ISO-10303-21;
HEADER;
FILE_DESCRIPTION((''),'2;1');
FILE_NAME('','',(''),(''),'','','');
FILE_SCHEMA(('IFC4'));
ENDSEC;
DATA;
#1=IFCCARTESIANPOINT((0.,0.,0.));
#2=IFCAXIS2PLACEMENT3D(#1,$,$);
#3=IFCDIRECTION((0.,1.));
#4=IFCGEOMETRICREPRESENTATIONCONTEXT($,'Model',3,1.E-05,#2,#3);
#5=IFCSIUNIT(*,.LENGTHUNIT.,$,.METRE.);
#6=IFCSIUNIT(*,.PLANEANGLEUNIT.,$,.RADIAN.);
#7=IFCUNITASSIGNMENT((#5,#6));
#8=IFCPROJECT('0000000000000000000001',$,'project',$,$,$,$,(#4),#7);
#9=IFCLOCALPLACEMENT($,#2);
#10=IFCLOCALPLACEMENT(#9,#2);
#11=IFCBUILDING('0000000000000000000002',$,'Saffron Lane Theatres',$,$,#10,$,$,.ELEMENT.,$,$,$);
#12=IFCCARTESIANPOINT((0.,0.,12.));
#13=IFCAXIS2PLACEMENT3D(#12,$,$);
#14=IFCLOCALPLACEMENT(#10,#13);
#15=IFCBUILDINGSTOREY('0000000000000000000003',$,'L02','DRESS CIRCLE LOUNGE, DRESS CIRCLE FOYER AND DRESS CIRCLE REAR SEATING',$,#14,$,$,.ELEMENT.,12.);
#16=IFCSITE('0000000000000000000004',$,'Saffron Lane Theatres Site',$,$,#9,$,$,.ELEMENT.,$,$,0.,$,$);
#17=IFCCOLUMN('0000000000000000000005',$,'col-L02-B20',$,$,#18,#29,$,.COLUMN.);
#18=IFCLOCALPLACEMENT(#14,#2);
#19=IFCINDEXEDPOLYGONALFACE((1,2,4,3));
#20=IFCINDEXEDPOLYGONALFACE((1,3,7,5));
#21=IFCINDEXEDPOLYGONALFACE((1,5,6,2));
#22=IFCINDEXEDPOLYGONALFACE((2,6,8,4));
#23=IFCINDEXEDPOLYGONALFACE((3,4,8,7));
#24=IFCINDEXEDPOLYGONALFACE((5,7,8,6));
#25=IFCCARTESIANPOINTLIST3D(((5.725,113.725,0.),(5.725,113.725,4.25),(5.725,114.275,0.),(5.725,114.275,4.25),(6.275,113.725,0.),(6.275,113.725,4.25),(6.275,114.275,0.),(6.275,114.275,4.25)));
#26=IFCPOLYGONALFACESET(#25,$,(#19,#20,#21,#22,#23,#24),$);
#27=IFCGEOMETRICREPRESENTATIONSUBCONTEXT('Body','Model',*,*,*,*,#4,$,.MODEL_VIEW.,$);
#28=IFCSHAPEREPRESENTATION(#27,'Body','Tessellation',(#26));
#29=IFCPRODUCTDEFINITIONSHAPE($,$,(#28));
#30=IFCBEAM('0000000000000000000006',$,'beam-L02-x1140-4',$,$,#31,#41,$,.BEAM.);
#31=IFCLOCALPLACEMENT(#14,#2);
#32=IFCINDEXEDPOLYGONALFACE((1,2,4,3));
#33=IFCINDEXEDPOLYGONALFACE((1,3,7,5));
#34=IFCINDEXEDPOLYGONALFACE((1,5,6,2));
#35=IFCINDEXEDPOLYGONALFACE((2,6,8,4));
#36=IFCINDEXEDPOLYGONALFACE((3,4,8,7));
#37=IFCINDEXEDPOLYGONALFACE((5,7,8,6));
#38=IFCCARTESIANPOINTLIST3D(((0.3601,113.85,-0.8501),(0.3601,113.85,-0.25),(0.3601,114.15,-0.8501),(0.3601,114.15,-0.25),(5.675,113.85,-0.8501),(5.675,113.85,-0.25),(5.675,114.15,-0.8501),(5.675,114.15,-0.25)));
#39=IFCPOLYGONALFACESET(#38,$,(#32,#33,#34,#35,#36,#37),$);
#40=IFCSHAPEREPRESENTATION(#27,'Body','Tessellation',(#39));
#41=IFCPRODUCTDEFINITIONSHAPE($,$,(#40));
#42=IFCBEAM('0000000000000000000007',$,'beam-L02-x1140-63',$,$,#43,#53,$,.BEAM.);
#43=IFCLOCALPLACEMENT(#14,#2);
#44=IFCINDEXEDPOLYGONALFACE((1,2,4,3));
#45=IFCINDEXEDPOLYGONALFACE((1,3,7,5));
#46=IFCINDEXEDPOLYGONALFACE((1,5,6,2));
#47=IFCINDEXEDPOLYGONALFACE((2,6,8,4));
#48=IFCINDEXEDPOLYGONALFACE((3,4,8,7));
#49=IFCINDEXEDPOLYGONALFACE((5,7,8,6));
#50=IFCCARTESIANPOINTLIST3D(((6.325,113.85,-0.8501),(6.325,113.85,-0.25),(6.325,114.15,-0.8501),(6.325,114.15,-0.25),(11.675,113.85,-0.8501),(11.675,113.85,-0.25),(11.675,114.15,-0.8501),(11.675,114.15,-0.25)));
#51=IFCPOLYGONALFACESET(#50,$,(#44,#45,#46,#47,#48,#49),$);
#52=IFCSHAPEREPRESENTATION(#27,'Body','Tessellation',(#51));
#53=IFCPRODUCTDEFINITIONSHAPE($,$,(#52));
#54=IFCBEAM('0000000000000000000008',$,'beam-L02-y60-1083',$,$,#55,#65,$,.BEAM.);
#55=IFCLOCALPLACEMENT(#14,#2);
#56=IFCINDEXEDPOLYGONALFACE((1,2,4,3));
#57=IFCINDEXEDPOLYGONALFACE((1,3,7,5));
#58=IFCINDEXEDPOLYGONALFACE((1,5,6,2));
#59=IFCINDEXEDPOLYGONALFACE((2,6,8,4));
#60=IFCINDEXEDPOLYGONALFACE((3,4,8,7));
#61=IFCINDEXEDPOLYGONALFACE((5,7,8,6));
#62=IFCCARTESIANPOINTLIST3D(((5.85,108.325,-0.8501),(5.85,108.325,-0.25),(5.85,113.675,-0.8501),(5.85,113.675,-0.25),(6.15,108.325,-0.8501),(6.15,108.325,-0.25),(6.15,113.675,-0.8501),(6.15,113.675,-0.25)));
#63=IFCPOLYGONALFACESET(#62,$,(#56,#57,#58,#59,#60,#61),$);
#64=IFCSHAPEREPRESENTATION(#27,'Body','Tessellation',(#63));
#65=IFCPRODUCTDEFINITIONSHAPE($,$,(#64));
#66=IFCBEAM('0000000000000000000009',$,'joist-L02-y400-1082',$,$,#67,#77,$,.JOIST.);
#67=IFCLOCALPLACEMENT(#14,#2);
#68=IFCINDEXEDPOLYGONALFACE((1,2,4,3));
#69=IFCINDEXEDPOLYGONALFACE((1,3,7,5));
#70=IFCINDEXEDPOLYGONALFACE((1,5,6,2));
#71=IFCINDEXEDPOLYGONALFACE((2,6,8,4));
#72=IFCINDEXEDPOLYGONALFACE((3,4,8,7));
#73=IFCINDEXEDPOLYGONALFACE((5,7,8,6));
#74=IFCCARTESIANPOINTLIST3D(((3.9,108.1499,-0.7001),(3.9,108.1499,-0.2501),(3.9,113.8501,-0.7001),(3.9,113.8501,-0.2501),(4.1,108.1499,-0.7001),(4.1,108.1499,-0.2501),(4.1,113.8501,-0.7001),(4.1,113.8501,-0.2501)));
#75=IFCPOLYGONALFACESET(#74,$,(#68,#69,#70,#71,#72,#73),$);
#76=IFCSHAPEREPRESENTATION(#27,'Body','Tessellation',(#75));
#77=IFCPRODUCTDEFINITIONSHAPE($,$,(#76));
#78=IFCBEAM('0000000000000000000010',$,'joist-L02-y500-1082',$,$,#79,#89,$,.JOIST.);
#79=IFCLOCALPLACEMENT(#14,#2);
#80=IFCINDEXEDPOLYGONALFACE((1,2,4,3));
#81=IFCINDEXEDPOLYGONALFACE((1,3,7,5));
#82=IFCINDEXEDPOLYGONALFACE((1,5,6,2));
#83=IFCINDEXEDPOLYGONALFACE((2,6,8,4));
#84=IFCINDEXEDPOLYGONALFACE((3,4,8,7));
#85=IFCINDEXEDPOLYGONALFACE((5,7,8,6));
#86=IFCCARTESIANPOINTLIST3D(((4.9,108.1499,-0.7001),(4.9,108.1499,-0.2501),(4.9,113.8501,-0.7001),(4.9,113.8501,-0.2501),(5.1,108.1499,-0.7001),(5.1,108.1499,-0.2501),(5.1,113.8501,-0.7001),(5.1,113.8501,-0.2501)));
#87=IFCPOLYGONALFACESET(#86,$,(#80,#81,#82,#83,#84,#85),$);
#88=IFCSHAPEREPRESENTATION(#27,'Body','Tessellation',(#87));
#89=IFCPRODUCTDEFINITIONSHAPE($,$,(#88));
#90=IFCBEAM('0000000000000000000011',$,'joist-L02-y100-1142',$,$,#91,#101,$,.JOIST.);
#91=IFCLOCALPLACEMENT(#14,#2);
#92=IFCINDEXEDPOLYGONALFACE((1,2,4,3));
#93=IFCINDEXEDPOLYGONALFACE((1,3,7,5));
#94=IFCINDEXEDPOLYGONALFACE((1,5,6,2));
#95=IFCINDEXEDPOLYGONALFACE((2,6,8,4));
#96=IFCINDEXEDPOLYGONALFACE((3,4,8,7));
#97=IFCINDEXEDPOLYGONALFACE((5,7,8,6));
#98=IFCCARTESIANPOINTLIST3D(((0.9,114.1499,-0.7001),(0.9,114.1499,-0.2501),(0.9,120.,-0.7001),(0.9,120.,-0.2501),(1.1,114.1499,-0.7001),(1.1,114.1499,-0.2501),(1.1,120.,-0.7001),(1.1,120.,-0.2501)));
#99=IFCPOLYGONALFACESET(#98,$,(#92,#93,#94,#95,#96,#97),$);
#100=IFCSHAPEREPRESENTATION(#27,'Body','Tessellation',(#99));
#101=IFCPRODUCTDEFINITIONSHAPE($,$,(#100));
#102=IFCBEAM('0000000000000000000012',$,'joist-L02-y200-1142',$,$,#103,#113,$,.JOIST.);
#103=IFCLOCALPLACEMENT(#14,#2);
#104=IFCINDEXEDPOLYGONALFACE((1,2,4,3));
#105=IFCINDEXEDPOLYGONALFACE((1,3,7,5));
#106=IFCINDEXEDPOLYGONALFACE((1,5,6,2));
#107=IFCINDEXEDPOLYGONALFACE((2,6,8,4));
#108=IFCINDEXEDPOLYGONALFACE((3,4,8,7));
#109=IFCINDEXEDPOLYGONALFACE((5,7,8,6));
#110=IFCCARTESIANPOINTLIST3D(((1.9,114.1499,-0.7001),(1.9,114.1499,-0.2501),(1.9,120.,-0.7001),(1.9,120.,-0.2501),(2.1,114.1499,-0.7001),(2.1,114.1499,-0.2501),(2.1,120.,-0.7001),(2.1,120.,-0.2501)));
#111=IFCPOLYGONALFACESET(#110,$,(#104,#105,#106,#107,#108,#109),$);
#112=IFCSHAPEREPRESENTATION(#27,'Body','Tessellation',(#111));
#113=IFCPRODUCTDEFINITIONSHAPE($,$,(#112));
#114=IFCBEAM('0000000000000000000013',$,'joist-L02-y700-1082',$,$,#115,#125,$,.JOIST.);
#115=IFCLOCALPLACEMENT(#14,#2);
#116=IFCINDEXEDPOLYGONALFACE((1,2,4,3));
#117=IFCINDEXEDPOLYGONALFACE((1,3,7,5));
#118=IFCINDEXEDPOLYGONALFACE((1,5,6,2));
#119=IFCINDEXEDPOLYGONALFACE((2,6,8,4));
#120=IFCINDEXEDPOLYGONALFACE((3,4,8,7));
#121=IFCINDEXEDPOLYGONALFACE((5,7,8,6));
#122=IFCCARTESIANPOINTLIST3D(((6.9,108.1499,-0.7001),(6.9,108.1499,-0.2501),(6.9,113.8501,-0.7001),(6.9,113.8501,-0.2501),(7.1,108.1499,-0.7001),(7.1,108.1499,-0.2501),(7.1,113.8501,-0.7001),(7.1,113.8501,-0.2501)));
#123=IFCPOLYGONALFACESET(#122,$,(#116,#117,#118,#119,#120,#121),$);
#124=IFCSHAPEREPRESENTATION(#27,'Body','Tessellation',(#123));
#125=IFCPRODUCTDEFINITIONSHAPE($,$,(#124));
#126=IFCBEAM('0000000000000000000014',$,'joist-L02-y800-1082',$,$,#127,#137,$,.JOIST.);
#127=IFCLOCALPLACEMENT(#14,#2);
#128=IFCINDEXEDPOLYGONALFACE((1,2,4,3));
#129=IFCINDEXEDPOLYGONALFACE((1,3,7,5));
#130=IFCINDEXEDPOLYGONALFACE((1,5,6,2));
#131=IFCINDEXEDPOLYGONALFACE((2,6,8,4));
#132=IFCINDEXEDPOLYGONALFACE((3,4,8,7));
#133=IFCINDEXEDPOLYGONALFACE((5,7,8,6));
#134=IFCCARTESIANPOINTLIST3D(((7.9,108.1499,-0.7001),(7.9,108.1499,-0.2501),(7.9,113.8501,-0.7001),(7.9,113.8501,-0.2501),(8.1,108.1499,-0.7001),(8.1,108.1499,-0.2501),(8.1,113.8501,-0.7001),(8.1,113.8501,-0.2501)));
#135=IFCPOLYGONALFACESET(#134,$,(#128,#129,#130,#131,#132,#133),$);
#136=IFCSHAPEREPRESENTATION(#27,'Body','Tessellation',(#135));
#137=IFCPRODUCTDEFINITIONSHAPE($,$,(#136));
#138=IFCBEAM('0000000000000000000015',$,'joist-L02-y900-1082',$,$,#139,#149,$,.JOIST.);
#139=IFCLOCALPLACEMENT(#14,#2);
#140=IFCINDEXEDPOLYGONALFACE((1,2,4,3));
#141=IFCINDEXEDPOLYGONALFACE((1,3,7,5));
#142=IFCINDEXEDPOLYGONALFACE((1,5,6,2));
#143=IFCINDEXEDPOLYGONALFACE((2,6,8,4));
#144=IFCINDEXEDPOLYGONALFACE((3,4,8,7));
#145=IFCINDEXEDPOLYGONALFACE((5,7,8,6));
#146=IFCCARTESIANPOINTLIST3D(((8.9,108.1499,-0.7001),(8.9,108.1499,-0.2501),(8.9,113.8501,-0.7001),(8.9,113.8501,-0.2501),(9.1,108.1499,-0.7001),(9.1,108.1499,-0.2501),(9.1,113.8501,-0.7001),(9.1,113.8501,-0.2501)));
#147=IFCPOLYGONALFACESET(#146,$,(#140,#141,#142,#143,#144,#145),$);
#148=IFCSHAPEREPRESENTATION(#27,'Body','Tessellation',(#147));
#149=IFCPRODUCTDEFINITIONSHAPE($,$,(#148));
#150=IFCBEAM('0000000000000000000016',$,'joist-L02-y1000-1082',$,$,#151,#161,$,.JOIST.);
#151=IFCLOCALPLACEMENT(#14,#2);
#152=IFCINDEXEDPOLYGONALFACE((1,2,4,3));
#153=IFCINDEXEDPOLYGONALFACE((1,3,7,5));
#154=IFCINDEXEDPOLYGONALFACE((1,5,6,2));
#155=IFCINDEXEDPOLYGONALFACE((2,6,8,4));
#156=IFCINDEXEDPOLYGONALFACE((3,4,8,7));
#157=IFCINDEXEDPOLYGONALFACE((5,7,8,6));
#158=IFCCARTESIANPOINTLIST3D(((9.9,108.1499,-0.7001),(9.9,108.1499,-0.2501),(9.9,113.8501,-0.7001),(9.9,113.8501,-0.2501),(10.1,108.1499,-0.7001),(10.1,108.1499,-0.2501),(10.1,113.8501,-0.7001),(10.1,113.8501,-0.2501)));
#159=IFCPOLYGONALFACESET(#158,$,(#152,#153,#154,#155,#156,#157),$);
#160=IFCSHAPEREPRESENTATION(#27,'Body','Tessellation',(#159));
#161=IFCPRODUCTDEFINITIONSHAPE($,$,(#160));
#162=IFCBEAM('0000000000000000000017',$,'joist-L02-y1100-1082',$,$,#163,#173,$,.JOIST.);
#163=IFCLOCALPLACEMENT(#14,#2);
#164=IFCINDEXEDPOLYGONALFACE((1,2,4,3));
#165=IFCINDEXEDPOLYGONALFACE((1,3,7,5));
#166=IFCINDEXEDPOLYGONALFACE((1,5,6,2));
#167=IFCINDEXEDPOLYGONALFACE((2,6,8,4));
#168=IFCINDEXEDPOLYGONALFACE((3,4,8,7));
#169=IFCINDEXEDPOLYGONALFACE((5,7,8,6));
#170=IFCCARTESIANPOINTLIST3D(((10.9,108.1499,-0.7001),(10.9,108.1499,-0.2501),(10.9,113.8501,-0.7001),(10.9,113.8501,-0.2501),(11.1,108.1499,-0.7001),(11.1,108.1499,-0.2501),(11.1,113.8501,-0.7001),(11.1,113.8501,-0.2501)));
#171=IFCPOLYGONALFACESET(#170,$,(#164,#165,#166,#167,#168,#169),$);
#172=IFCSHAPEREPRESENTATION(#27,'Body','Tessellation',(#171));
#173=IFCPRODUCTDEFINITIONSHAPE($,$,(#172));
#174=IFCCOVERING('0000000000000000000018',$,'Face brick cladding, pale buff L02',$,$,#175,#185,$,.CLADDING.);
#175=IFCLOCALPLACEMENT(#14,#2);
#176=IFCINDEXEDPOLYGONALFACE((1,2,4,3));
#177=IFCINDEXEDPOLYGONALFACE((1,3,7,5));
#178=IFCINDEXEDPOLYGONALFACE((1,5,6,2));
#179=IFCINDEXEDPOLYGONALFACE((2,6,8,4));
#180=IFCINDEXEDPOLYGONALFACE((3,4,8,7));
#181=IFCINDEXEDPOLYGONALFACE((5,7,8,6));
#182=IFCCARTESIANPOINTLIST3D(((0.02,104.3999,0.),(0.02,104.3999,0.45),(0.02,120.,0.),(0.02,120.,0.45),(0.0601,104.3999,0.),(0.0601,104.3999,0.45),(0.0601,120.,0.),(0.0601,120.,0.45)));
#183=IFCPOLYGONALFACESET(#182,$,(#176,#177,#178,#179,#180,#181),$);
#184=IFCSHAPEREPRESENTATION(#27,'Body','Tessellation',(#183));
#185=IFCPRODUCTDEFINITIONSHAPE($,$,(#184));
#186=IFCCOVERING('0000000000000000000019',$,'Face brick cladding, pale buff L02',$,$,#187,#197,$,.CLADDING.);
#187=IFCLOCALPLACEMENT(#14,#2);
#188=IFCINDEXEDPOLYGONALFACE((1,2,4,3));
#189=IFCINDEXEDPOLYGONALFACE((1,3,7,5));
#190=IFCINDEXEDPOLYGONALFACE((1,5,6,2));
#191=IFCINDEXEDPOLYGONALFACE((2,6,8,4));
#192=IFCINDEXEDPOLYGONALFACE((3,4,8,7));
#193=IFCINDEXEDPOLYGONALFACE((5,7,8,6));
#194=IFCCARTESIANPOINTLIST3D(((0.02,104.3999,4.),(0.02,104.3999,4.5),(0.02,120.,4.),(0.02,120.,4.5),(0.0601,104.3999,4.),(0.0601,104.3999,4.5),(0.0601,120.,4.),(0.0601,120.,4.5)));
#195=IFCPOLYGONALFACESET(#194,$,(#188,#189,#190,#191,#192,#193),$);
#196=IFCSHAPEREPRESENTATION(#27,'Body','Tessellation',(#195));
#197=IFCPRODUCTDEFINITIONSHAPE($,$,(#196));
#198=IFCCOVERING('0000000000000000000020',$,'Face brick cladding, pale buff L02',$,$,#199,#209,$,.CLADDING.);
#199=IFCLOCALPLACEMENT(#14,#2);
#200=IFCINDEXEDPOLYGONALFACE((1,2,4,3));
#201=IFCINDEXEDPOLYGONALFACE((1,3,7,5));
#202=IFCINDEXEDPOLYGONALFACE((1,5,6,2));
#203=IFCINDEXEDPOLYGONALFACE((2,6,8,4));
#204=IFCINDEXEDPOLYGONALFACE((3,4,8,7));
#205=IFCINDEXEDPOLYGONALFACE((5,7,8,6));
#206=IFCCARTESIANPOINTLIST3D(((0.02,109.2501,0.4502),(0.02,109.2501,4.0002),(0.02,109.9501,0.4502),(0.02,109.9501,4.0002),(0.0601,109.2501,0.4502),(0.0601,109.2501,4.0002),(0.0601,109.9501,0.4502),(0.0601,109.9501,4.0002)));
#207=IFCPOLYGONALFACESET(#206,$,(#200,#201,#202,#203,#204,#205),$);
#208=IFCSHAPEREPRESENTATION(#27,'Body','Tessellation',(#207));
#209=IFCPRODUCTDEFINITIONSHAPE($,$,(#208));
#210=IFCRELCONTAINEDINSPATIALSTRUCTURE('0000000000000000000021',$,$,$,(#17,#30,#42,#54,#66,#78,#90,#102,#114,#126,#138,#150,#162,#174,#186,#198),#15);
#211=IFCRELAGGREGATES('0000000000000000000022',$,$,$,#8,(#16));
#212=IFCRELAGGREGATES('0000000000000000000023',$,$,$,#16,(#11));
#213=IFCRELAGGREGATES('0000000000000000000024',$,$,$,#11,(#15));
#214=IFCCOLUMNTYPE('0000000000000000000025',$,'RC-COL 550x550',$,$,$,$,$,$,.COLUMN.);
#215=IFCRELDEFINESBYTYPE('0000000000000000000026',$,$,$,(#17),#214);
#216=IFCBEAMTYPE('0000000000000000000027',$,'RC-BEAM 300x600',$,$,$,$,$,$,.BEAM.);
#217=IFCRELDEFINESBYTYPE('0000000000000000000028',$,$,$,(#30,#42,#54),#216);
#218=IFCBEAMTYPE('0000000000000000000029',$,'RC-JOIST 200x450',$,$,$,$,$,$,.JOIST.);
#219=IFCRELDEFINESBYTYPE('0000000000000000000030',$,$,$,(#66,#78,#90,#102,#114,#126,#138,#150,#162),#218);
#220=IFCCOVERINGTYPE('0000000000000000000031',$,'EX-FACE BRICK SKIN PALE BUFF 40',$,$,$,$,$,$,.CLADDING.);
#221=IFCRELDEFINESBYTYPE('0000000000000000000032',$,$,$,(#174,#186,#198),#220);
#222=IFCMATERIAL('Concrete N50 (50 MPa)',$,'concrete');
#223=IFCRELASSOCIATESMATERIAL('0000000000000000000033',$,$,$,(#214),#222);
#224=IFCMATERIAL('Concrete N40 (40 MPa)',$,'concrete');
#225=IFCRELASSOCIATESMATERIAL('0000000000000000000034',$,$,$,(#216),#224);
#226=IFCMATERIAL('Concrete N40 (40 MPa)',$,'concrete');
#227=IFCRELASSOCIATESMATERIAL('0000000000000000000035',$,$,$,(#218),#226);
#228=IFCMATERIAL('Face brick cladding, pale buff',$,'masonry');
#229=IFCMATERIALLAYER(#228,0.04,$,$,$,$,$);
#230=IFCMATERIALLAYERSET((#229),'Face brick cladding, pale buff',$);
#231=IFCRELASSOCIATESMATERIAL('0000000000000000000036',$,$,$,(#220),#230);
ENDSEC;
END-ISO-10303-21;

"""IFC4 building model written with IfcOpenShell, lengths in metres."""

from ifc_helpers import new_model, si_unit, direction, frame, origin, origin_2d, place, context, subcontext, project, spatial, rectangle, extrude, material, layer, layer_set, material_profile, profile_set, type_object, element, save


model = new_model("IFC4")

# Units and contexts
model_context = context("Model", 3, precision=1e-05, world=origin(), true_north=direction((0.0, 1.0)))
body_context = subcontext(model_context, "Body", "Model", "MODEL_VIEW")
ifc_project = project(units=[si_unit("LENGTHUNIT", "METRE"), si_unit("PLANEANGLEUNIT", "RADIAN")], contexts=[model_context])

# Site, building, storey
site_placement = place(None, origin())
site = spatial("IfcSite", under=ifc_project, at=site_placement, Name="Saffron Lane Theatres Site", CompositionType="ELEMENT", RefElevation=0.0)
building_placement = place(site_placement, origin())
building = spatial("IfcBuilding", under=site, at=building_placement, Name="Saffron Lane Theatres", CompositionType="ELEMENT")
storey_placement = place(building_placement, frame((0.0, 0.0, 12.0)))
storey = spatial("IfcBuildingStorey", under=building, at=storey_placement, Name="L02", Description="DRESS CIRCLE LOUNGE, DRESS CIRCLE FOYER AND DRESS CIRCLE REAR SEATING", CompositionType="ELEMENT", Elevation=12.0)

# Column
ifc_material_1 = material(Name="Concrete N50 (50 MPa)", Category="concrete")
ifc_material_profile_1 = material_profile(ifc_material_1, rectangle(XDim=0.55, YDim=0.55, at=origin_2d()))
ifc_profile_set_1 = profile_set([ifc_material_profile_1], Name="Concrete N50 (50 MPa)")
column_type = type_object("IfcColumnType", Name="RC-COL 550x550", PredefinedType="COLUMN", material=ifc_profile_set_1)
column_placement = place(storey_placement, frame((6.0, 114.0, 0.0), z_axis=(0.0, 0.0, 1.0), x_axis=(1.0, 0.0, 0.0)))
element("IfcColumn", 1, at=column_placement, inside=storey, type_object=column_type, Name="col-L02-B20", PredefinedType="COLUMN", context=body_context, shape_type="SweptSolid", body=[
    extrude(rectangle(XDim=0.55, YDim=0.55, at=origin_2d()), origin(), (0.0, 0.0, 1.0), 4.25),
])

# Beams
ifc_material_2 = material(Name="Concrete N40 (40 MPa)", Category="concrete")
ifc_material_profile_2 = material_profile(ifc_material_2, rectangle(XDim=0.3, YDim=0.6001, at=origin_2d()))
ifc_profile_set_2 = profile_set([ifc_material_profile_2], Name="Concrete N40 (40 MPa)")
beam_type_1 = type_object("IfcBeamType", Name="RC-BEAM 300x600", PredefinedType="BEAM", material=ifc_profile_set_2)
beam_placement = place(storey_placement, frame((0.3601, 114.0, -0.55), z_axis=(1.0, 0.0, 0.0), x_axis=(0.0, 1.0, 0.0)))
element("IfcBeam", 2, at=beam_placement, inside=storey, type_object=beam_type_1, Name="beam-L02-x1140-4", PredefinedType="BEAM", context=body_context, shape_type="SweptSolid", body=[
    extrude(rectangle(XDim=0.3, YDim=0.6001, at=origin_2d()), origin(), (0.0, 0.0, 1.0), 5.3149),
])
for number, where, z_axis, x_axis, name in (
    (3, (6.325, 114.0, -0.55), (1.0, 0.0, 0.0), (0.0, 1.0, 0.0), "beam-L02-x1140-63"),
    (4, (6.0, 108.325, -0.55), (0.0, 1.0, 0.0), (-1.0, 0.0, 0.0), "beam-L02-y60-1083"),
):
    element("IfcBeam", number, at=place(storey_placement, frame(where, z_axis=z_axis, x_axis=x_axis)), inside=storey, type_object=beam_type_1, Name=name, PredefinedType="BEAM", context=body_context, shape_type="SweptSolid", body=[
        extrude(rectangle(XDim=0.3, YDim=0.6001, at=origin_2d()), origin(), (0.0, 0.0, 1.0), 5.3501),
    ])
ifc_material_3 = material(Name="Concrete N40 (40 MPa)", Category="concrete")
ifc_material_profile_3 = material_profile(ifc_material_3, rectangle(XDim=0.2, YDim=0.45, at=origin_2d()))
ifc_profile_set_3 = profile_set([ifc_material_profile_3], Name="Concrete N40 (40 MPa)")
beam_type_2 = type_object("IfcBeamType", Name="RC-JOIST 200x450", PredefinedType="JOIST", material=ifc_profile_set_3)
for number, where, z_axis, x_axis, name in (
    (5, (4.0, 108.1499, -0.4751), (0.0, 1.0, 0.0), (-1.0, 0.0, 0.0), "joist-L02-y400-1082"),
    (6, (5.0, 108.1499, -0.4751), (0.0, 1.0, 0.0), (-1.0, 0.0, 0.0), "joist-L02-y500-1082"),
):
    element("IfcBeam", number, at=place(storey_placement, frame(where, z_axis=z_axis, x_axis=x_axis)), inside=storey, type_object=beam_type_2, Name=name, PredefinedType="JOIST", context=body_context, shape_type="SweptSolid", body=[
        extrude(rectangle(XDim=0.2, YDim=0.45, at=origin_2d()), origin(), (0.0, 0.0, 1.0), 5.7002),
    ])
for number, where, z_axis, x_axis, name in (
    (7, (1.0, 114.1499, -0.4751), (0.0, 1.0, 0.0), (-1.0, 0.0, 0.0), "joist-L02-y100-1142"),
    (8, (2.0, 114.1499, -0.4751), (0.0, 1.0, 0.0), (-1.0, 0.0, 0.0), "joist-L02-y200-1142"),
):
    element("IfcBeam", number, at=place(storey_placement, frame(where, z_axis=z_axis, x_axis=x_axis)), inside=storey, type_object=beam_type_2, Name=name, PredefinedType="JOIST", context=body_context, shape_type="SweptSolid", body=[
        extrude(rectangle(XDim=0.2, YDim=0.45, at=origin_2d()), origin(), (0.0, 0.0, 1.0), 5.8501),
    ])
for number, where, z_axis, x_axis, name in (
    (9, (7.0, 108.1499, -0.4751), (0.0, 1.0, 0.0), (-1.0, 0.0, 0.0), "joist-L02-y700-1082"),
    (10, (8.0, 108.1499, -0.4751), (0.0, 1.0, 0.0), (-1.0, 0.0, 0.0), "joist-L02-y800-1082"),
    (11, (9.0, 108.1499, -0.4751), (0.0, 1.0, 0.0), (-1.0, 0.0, 0.0), "joist-L02-y900-1082"),
    (12, (10.0, 108.1499, -0.4751), (0.0, 1.0, 0.0), (-1.0, 0.0, 0.0), "joist-L02-y1000-1082"),
    (13, (11.0, 108.1499, -0.4751), (0.0, 1.0, 0.0), (-1.0, 0.0, 0.0), "joist-L02-y1100-1082"),
):
    element("IfcBeam", number, at=place(storey_placement, frame(where, z_axis=z_axis, x_axis=x_axis)), inside=storey, type_object=beam_type_2, Name=name, PredefinedType="JOIST", context=body_context, shape_type="SweptSolid", body=[
        extrude(rectangle(XDim=0.2, YDim=0.45, at=origin_2d()), origin(), (0.0, 0.0, 1.0), 5.7002),
    ])

# Coverings
ifc_material_4 = material(Name="Face brick cladding, pale buff", Category="masonry")
ifc_layer_1 = layer(ifc_material_4, 0.04)
ifc_layer_set_1 = layer_set([ifc_layer_1], Name="Face brick cladding, pale buff")
covering_type_1 = type_object("IfcCoveringType", Name="EX-FACE BRICK SKIN PALE BUFF 40", PredefinedType="CLADDING", material=ifc_layer_set_1)
covering_1_placement = place(storey_placement, frame((0.04, 112.2, 0.0), z_axis=(0.0, 0.0, 1.0), x_axis=(0.0, 1.0, 0.0)))
element("IfcCovering", 14, at=covering_1_placement, inside=storey, type_object=covering_type_1, Name="Face brick cladding, pale buff L02", PredefinedType="CLADDING", context=body_context, shape_type="SweptSolid", body=[
    extrude(rectangle(XDim=15.6001, YDim=0.04, at=origin_2d()), origin(), (0.0, 0.0, 1.0), 0.45),
])
covering_2_placement = place(storey_placement, frame((0.04, 112.2, 4.0), z_axis=(0.0, 0.0, 1.0), x_axis=(0.0, 1.0, 0.0)))
element("IfcCovering", 15, at=covering_2_placement, inside=storey, type_object=covering_type_1, Name="Face brick cladding, pale buff L02", PredefinedType="CLADDING", context=body_context, shape_type="SweptSolid", body=[
    extrude(rectangle(XDim=15.6001, YDim=0.04, at=origin_2d()), origin(), (0.0, 0.0, 1.0), 0.5),
])
covering_3_placement = place(storey_placement, frame((0.04, 109.6001, 0.4502), z_axis=(0.0, 0.0, 1.0), x_axis=(0.0, 1.0, 0.0)))
element("IfcCovering", 16, at=covering_3_placement, inside=storey, type_object=covering_type_1, Name="Face brick cladding, pale buff L02", PredefinedType="CLADDING", context=body_context, shape_type="SweptSolid", body=[
    extrude(rectangle(XDim=0.7, YDim=0.04, at=origin_2d()), origin(), (0.0, 0.0, 1.0), 3.55),
])

save(model, "model.ifc")
